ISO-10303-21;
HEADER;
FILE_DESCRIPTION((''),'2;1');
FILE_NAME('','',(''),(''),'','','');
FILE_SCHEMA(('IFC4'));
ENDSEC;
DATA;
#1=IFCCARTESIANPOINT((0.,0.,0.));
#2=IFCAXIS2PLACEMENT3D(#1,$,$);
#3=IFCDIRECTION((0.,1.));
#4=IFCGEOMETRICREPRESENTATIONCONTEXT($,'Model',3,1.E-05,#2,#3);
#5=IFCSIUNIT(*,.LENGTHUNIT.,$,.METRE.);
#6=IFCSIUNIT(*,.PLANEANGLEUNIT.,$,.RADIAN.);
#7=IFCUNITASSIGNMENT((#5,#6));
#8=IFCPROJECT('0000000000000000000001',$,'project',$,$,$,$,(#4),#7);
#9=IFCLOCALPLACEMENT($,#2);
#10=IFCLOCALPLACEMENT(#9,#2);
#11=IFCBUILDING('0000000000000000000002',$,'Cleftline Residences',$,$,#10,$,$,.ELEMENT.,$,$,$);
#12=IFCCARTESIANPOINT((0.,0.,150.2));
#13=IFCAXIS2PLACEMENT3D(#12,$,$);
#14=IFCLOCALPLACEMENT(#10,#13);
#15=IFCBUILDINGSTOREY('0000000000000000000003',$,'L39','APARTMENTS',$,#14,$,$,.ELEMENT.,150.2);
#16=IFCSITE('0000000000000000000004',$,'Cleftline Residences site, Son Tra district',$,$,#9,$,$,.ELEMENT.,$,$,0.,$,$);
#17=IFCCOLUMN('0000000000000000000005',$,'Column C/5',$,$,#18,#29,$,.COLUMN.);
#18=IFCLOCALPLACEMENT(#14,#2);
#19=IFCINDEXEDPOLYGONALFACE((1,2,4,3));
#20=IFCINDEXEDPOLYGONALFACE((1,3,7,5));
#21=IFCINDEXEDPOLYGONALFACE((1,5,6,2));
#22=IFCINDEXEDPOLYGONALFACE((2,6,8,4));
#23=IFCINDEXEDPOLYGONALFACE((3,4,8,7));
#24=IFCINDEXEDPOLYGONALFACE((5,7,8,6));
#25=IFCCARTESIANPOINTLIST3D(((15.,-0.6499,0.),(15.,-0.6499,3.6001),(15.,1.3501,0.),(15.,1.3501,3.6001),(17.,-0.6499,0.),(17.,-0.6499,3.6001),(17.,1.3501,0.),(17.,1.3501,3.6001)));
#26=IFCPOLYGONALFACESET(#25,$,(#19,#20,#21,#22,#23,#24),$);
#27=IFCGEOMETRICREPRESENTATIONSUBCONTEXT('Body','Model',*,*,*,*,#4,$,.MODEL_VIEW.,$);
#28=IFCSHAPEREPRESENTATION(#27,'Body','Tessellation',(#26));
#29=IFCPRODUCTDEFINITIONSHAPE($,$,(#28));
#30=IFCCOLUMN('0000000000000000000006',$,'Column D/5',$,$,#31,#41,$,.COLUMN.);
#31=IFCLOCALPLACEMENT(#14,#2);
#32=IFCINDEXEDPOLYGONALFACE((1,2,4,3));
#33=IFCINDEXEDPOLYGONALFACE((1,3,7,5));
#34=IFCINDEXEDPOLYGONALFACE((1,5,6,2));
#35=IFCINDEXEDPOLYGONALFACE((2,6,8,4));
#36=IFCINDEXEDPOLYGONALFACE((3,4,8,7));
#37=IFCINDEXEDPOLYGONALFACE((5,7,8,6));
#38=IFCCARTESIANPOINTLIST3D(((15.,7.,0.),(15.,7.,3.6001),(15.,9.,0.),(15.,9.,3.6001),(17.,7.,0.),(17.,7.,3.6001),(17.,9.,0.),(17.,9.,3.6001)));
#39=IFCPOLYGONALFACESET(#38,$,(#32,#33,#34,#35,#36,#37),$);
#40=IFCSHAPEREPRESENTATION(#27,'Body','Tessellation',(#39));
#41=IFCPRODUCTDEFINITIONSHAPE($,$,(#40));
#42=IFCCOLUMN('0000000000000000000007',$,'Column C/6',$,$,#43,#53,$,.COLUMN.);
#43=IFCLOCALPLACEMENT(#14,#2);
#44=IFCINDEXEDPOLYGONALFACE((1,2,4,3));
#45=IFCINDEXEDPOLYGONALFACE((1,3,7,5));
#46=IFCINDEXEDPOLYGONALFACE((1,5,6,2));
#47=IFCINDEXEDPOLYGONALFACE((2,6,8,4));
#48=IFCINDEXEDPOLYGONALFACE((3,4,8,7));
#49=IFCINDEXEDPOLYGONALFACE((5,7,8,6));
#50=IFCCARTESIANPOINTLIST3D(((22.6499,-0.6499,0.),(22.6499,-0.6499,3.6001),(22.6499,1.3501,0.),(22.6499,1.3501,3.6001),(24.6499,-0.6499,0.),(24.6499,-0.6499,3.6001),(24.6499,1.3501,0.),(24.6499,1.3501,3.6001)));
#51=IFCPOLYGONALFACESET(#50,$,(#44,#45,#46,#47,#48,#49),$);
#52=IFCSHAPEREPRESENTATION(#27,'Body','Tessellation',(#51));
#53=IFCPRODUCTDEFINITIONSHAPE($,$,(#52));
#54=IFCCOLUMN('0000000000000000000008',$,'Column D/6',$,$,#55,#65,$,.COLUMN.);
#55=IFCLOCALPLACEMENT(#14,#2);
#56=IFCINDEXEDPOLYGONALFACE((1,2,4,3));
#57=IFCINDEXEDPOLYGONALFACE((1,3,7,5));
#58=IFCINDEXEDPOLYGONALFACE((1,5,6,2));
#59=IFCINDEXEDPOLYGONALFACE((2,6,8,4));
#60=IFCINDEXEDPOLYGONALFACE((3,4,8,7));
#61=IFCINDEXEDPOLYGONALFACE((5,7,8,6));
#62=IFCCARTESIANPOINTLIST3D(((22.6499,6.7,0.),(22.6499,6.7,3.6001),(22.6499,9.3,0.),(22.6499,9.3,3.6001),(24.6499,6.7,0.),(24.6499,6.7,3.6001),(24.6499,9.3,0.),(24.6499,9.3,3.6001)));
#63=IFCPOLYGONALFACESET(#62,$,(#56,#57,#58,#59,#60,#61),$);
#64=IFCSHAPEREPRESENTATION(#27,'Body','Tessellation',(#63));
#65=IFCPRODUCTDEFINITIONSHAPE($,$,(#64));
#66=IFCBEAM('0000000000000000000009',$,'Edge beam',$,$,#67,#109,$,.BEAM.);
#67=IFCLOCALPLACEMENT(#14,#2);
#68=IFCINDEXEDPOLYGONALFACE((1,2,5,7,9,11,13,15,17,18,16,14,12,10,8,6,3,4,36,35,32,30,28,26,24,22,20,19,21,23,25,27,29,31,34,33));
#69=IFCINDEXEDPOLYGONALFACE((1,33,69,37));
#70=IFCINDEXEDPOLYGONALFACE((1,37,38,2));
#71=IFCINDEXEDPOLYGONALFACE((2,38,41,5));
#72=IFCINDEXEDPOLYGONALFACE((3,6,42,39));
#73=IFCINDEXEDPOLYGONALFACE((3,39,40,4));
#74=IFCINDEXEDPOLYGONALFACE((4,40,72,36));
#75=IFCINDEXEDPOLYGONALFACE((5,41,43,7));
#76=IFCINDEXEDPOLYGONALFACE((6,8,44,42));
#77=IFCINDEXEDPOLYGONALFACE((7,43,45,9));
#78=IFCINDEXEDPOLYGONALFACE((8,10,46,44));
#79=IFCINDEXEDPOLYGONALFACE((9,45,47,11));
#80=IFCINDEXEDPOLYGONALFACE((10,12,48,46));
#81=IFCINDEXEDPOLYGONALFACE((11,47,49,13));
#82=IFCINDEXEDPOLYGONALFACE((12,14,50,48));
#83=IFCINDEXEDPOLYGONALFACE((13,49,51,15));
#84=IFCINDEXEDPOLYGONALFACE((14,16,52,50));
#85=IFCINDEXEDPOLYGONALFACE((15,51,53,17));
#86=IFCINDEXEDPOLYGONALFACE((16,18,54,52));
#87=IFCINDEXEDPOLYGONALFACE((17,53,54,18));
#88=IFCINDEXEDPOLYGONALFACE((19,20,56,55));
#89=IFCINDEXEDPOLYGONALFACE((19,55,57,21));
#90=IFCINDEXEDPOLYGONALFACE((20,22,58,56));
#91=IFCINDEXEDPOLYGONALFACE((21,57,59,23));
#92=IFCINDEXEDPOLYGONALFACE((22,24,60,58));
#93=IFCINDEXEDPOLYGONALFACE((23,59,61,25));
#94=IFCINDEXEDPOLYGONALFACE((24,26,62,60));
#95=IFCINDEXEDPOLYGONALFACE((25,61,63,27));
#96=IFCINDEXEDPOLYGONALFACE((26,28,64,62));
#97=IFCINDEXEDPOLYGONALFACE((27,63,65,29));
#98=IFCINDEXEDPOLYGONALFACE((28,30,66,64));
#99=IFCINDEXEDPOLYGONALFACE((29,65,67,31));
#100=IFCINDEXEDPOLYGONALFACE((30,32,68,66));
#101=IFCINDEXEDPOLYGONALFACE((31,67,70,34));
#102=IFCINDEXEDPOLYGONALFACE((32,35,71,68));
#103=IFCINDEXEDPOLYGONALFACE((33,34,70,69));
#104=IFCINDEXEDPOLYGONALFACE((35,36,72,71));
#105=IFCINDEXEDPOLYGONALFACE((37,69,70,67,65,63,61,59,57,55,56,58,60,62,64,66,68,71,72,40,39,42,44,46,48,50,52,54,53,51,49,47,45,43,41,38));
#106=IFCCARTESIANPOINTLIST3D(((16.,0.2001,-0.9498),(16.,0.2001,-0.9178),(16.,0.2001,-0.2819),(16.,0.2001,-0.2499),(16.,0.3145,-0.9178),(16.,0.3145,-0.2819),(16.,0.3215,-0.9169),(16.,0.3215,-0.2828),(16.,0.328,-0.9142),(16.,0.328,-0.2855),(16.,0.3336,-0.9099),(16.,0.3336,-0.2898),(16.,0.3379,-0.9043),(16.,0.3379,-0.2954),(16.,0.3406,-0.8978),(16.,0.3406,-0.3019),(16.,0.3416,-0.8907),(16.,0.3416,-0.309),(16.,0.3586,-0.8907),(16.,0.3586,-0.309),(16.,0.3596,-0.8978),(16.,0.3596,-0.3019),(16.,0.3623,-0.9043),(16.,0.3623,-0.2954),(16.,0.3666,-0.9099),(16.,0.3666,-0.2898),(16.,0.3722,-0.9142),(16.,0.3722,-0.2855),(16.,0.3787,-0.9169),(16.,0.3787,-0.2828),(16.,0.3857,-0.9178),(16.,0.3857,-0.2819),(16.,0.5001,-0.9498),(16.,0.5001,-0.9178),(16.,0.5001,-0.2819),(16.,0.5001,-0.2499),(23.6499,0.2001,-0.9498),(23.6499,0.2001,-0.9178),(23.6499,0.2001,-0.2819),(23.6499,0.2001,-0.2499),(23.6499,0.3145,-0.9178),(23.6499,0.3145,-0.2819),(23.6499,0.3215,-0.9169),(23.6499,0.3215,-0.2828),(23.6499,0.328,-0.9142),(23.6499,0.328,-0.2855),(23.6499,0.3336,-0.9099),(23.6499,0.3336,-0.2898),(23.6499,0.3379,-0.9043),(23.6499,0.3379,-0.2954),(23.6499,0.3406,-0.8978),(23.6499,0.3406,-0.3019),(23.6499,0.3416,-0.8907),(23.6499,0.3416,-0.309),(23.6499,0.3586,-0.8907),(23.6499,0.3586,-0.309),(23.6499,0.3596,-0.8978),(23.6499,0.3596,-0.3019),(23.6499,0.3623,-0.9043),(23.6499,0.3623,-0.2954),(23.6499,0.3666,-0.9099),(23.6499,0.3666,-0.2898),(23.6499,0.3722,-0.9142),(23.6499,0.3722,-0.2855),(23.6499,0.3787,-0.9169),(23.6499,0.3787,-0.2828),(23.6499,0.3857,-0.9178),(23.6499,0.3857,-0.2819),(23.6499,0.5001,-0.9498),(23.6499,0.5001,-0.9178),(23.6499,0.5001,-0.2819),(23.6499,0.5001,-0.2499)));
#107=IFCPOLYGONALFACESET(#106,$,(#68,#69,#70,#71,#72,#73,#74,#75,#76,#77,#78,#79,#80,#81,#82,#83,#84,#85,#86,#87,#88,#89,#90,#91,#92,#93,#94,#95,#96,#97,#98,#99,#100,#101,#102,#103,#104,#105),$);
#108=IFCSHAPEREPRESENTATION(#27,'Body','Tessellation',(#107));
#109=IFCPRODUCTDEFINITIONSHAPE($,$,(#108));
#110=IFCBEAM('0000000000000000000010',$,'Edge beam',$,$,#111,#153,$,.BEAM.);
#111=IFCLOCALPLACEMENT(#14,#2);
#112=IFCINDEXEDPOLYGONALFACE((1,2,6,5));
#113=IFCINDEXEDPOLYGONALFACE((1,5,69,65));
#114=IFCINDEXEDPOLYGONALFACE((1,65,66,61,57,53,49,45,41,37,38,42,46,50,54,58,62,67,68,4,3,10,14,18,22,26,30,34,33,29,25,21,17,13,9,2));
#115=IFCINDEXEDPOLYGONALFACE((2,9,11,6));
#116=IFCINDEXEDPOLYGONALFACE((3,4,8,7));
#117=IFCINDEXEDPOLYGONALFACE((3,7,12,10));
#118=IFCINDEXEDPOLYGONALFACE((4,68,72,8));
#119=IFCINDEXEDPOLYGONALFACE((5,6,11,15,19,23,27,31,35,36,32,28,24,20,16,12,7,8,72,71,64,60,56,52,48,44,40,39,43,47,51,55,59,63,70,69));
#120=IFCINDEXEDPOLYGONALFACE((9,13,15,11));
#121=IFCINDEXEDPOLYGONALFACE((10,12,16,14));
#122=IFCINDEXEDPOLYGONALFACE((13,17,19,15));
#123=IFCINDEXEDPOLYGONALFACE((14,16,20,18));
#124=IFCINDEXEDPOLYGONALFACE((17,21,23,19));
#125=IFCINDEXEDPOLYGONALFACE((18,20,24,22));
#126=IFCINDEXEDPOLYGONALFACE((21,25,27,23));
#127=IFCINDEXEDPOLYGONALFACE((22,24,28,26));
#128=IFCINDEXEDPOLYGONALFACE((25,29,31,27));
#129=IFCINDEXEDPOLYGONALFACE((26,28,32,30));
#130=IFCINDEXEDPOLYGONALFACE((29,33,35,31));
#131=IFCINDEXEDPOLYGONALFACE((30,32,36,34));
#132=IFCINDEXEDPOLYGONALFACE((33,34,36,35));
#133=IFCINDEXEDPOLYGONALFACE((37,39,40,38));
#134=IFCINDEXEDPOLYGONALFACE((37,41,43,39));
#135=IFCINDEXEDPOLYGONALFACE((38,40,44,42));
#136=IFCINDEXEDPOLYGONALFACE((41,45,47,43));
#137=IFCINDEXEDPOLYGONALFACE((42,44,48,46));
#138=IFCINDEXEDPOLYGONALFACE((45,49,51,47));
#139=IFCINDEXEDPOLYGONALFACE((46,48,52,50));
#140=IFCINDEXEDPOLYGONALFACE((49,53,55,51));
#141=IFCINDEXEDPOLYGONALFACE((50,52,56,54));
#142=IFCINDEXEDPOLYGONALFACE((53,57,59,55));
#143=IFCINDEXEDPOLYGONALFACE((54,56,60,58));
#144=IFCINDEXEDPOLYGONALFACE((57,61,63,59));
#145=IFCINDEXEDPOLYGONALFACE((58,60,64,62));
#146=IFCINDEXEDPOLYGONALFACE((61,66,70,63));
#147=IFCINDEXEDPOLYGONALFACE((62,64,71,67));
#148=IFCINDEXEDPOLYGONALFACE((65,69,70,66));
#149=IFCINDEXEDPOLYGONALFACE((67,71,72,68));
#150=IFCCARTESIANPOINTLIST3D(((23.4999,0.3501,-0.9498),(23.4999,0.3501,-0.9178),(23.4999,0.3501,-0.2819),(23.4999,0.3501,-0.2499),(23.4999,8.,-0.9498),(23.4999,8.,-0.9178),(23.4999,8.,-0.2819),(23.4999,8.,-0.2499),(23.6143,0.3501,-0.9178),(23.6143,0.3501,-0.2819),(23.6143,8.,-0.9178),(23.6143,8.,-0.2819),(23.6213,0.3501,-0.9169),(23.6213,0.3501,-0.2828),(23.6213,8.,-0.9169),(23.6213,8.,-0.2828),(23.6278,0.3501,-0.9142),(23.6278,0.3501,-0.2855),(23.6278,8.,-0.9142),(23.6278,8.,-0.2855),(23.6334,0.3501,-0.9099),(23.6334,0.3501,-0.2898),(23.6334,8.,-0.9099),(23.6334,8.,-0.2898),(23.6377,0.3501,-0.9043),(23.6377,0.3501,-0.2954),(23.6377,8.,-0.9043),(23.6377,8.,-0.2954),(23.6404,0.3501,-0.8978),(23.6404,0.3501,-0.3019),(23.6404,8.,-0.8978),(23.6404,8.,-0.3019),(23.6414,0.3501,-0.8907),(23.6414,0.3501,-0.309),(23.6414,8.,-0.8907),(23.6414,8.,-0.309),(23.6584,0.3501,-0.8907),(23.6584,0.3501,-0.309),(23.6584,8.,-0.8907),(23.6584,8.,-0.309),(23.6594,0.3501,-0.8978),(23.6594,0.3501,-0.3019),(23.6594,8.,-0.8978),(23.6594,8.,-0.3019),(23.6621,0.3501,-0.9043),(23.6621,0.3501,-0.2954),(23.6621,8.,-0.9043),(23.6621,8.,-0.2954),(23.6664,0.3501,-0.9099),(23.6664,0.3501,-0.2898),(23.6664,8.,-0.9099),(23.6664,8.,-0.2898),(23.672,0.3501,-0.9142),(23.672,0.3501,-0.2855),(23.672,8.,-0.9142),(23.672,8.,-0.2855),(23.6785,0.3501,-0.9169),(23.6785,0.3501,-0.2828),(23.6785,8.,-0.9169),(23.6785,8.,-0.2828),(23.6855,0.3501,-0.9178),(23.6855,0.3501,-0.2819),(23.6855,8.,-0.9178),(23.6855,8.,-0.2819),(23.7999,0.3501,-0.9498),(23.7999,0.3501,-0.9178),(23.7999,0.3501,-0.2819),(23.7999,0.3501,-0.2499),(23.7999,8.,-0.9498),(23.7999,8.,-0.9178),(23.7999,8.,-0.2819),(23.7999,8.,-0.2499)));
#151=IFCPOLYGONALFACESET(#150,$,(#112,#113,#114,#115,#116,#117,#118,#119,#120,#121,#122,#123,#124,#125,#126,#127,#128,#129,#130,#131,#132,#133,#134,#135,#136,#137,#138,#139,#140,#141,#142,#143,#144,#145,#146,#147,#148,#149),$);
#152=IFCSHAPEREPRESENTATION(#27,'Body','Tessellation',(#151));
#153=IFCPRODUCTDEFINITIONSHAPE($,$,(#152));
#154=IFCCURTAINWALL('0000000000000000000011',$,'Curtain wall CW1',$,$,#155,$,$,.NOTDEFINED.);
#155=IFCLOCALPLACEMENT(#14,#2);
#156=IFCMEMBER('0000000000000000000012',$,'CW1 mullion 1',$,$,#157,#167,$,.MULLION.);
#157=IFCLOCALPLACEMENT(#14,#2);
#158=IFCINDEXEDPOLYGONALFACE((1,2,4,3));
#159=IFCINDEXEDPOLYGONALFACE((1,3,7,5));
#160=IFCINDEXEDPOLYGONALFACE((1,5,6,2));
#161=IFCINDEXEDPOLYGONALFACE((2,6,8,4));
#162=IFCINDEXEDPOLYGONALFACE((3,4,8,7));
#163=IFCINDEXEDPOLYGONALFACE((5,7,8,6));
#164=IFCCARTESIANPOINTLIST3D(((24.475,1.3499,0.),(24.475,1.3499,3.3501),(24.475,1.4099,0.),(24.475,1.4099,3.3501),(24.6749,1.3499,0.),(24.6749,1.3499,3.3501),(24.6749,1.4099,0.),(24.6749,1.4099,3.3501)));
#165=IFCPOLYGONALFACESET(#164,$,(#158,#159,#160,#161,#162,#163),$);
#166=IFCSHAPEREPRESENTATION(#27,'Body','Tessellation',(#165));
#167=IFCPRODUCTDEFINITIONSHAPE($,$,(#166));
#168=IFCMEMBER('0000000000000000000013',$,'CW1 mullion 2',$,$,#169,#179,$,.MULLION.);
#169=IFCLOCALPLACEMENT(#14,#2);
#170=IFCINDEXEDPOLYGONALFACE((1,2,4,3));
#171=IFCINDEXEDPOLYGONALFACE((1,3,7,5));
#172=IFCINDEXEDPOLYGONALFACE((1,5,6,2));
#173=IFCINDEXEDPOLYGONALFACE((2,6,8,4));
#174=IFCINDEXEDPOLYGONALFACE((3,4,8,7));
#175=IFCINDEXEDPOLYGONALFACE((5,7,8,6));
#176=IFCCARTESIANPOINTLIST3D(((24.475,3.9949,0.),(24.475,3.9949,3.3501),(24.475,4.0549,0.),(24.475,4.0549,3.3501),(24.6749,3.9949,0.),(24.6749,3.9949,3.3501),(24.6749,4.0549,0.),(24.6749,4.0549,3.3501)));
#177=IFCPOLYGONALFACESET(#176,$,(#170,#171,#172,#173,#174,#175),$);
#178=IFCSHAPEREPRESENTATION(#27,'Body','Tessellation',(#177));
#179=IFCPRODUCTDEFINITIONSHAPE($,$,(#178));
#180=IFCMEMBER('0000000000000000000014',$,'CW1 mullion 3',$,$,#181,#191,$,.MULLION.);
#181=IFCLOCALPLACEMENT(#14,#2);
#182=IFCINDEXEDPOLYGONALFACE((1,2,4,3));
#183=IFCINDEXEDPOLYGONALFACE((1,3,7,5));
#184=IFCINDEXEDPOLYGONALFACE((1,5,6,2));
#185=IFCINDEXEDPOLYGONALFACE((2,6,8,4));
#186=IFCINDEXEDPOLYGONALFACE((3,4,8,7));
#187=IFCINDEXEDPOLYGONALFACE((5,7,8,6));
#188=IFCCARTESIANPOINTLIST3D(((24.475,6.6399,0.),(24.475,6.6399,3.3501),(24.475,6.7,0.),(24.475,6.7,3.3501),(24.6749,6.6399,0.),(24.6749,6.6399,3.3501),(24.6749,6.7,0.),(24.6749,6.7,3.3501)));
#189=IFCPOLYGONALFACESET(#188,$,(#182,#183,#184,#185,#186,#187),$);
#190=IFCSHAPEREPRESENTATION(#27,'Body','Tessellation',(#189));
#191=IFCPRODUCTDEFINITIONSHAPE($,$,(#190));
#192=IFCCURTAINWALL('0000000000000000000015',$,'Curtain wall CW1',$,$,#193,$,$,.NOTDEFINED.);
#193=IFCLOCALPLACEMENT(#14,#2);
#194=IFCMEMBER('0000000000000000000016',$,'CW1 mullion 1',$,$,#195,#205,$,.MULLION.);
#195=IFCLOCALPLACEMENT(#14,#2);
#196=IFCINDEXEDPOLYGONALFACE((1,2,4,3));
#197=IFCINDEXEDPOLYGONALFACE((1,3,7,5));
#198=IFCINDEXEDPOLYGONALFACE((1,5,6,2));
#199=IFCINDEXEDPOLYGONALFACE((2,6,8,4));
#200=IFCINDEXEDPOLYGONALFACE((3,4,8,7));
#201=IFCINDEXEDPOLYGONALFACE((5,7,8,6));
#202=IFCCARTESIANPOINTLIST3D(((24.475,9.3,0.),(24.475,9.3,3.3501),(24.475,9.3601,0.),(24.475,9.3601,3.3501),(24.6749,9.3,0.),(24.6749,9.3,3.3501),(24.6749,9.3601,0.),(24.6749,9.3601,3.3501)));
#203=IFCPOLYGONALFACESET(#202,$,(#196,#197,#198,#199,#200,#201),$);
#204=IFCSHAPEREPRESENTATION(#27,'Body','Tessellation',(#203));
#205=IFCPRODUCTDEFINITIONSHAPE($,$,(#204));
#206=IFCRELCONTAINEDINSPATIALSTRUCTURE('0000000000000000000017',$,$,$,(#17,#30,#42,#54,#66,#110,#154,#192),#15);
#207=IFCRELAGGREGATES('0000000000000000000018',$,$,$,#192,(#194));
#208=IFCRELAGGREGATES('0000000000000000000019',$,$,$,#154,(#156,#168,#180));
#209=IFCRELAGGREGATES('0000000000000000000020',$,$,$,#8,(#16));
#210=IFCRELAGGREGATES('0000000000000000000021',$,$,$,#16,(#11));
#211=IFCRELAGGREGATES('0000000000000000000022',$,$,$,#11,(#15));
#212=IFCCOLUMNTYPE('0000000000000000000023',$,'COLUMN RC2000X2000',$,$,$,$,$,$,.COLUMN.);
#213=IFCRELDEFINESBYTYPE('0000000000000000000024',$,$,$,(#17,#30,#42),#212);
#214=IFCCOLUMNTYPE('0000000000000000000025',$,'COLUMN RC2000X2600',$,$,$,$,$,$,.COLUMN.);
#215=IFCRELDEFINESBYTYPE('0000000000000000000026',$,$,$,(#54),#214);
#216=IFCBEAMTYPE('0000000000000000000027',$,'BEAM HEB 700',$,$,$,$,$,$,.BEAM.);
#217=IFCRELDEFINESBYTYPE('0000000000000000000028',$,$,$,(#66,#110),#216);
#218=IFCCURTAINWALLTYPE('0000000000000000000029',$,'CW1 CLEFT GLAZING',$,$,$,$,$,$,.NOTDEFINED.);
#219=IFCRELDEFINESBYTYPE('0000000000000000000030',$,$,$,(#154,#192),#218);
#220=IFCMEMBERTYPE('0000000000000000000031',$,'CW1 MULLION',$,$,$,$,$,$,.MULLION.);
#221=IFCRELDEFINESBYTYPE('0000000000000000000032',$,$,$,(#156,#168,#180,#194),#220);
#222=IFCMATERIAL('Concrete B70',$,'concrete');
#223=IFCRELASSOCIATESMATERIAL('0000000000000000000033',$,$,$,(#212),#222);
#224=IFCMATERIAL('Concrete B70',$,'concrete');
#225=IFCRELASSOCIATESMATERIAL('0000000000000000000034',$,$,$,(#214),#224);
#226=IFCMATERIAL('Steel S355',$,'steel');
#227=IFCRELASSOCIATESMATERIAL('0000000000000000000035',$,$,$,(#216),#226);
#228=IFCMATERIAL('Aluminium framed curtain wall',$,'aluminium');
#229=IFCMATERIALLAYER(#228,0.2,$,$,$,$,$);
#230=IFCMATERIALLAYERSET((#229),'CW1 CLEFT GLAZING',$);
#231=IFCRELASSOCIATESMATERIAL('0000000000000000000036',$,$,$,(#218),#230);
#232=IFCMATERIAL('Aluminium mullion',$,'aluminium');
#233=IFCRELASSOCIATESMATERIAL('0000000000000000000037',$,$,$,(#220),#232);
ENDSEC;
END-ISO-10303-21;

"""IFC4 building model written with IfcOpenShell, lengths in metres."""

from ifc_helpers import new_model, si_unit, direction, frame, origin, origin_2d, place, context, subcontext, project, spatial, rectangle, i_section, extrude, material, layer, layer_set, material_profile, profile_set, type_object, element, aggregate, save


model = new_model("IFC4")

# Units and contexts
model_context = context("Model", 3, precision=1e-05, world=origin(), true_north=direction((0.0, 1.0)))
body_context = subcontext(model_context, "Body", "Model", "MODEL_VIEW")
ifc_project = project(units=[si_unit("LENGTHUNIT", "METRE"), si_unit("PLANEANGLEUNIT", "RADIAN")], contexts=[model_context])

# Site, building, storey
site_placement = place(None, origin())
site = spatial("IfcSite", under=ifc_project, at=site_placement, Name="Cleftline Residences site, Son Tra district", CompositionType="ELEMENT", RefElevation=0.0)
building_placement = place(site_placement, origin())
building = spatial("IfcBuilding", under=site, at=building_placement, Name="Cleftline Residences", CompositionType="ELEMENT")
storey_placement = place(building_placement, frame((0.0, 0.0, 150.2)))
storey = spatial("IfcBuildingStorey", under=building, at=storey_placement, Name="L39", Description="APARTMENTS", CompositionType="ELEMENT", Elevation=150.2)

# Columns
ifc_material_1 = material(Name="Concrete B70", Category="concrete")
ifc_material_profile_1 = material_profile(ifc_material_1, rectangle(XDim=2.0, YDim=2.0, at=origin_2d()))
ifc_profile_set_1 = profile_set([ifc_material_profile_1], Name="Concrete B70")
column_type_1 = type_object("IfcColumnType", Name="COLUMN RC2000X2000", PredefinedType="COLUMN", material=ifc_profile_set_1)
for number, where, z_axis, x_axis, name in (
    (1, (16.0, 0.3501, 0.0), (0.0, 0.0, 1.0), (1.0, 0.0, 0.0), "Column C/5"),
    (2, (16.0, 8.0, 0.0), (0.0, 0.0, 1.0), (1.0, 0.0, 0.0), "Column D/5"),
    (3, (23.6499, 0.3501, 0.0), (0.0, 0.0, 1.0), (1.0, 0.0, 0.0), "Column C/6"),
):
    element("IfcColumn", number, at=place(storey_placement, frame(where, z_axis=z_axis, x_axis=x_axis)), inside=storey, type_object=column_type_1, Name=name, PredefinedType="COLUMN", context=body_context, shape_type="SweptSolid", body=[
        extrude(rectangle(XDim=2.0, YDim=2.0, at=origin_2d()), origin(), (0.0, 0.0, 1.0), 3.6001),
    ])
ifc_material_2 = material(Name="Concrete B70", Category="concrete")
ifc_material_profile_2 = material_profile(ifc_material_2, rectangle(XDim=2.0, YDim=2.6001, at=origin_2d()))
ifc_profile_set_2 = profile_set([ifc_material_profile_2], Name="Concrete B70")
column_type_2 = type_object("IfcColumnType", Name="COLUMN RC2000X2600", PredefinedType="COLUMN", material=ifc_profile_set_2)
column_placement = place(storey_placement, frame((23.6499, 8.0, 0.0), z_axis=(0.0, 0.0, 1.0), x_axis=(1.0, 0.0, 0.0)))
element("IfcColumn", 4, at=column_placement, inside=storey, type_object=column_type_2, Name="Column D/6", PredefinedType="COLUMN", context=body_context, shape_type="SweptSolid", body=[
    extrude(rectangle(XDim=2.0, YDim=2.6001, at=origin_2d()), origin(), (0.0, 0.0, 1.0), 3.6001),
])

# Beams
ifc_material_3 = material(Name="Steel S355", Category="steel")
ifc_material_profile_3 = material_profile(ifc_material_3, i_section(OverallWidth=0.3, OverallDepth=0.7, WebThickness=0.0171, FlangeThickness=0.032, FilletRadius=0.0271, at=origin_2d()))
ifc_profile_set_3 = profile_set([ifc_material_profile_3], Name="Steel S355")
beam_type = type_object("IfcBeamType", Name="BEAM HEB 700", PredefinedType="BEAM", material=ifc_profile_set_3)
for number, where, z_axis, x_axis, name in (
    (5, (16.0, 0.3501, -0.5999), (1.0, 0.0, 0.0), (0.0, 1.0, 0.0), "Edge beam"),
    (6, (23.6499, 0.3501, -0.5999), (0.0, 1.0, 0.0), (-1.0, 0.0, 0.0), "Edge beam"),
):
    element("IfcBeam", number, at=place(storey_placement, frame(where, z_axis=z_axis, x_axis=x_axis)), inside=storey, type_object=beam_type, Name=name, PredefinedType="BEAM", context=body_context, shape_type="SweptSolid", body=[
        extrude(i_section(OverallWidth=0.3, OverallDepth=0.7, WebThickness=0.0171, FlangeThickness=0.032, FilletRadius=0.0271, at=origin_2d()), origin(), (0.0, 0.0, 1.0), 7.6499),
    ])

# Curtain wall, members
ifc_material_4 = material(Name="Aluminium framed curtain wall", Category="aluminium")
ifc_layer_1 = layer(ifc_material_4, 0.2)
ifc_layer_set_1 = layer_set([ifc_layer_1], Name="CW1 CLEFT GLAZING")
curtain_wall_type = type_object("IfcCurtainWallType", Name="CW1 CLEFT GLAZING", PredefinedType="NOTDEFINED", material=ifc_layer_set_1)
curtain_wall_1_placement = place(storey_placement, origin())
curtain_wall_1 = element("IfcCurtainWall", 7, at=curtain_wall_1_placement, inside=storey, type_object=curtain_wall_type, Name="Curtain wall CW1", PredefinedType="NOTDEFINED")
ifc_material_5 = material(Name="Aluminium mullion", Category="aluminium")
ifc_material_profile_4 = material_profile(ifc_material_5, rectangle(XDim=0.2, YDim=0.0601, at=origin_2d()))
ifc_profile_set_4 = profile_set([ifc_material_profile_4], Name="Aluminium mullion")
member_type_1 = type_object("IfcMemberType", Name="CW1 MULLION", PredefinedType="MULLION", material=ifc_profile_set_4)
member_1_placement = place(storey_placement, frame((24.575, 1.3799, 0.0), z_axis=(0.0, 0.0, 1.0), x_axis=(-1.0, 0.0, 0.0)))
member_1 = element("IfcMember", 8, at=member_1_placement, type_object=member_type_1, Name="CW1 mullion 1", PredefinedType="MULLION", context=body_context, shape_type="SweptSolid", body=[
    extrude(rectangle(XDim=0.2, YDim=0.0601, at=origin_2d()), origin(), (0.0, 0.0, 1.0), 3.3501),
])
member_2_placement = place(storey_placement, frame((24.575, 4.0249, 0.0), z_axis=(0.0, 0.0, 1.0), x_axis=(-1.0, 0.0, 0.0)))
member_2 = element("IfcMember", 9, at=member_2_placement, type_object=member_type_1, Name="CW1 mullion 2", PredefinedType="MULLION", context=body_context, shape_type="SweptSolid", body=[
    extrude(rectangle(XDim=0.2, YDim=0.0601, at=origin_2d()), origin(), (0.0, 0.0, 1.0), 3.3501),
])
member_3_placement = place(storey_placement, frame((24.575, 6.6699, 0.0), z_axis=(0.0, 0.0, 1.0), x_axis=(-1.0, 0.0, 0.0)))
member_3 = element("IfcMember", 10, at=member_3_placement, type_object=member_type_1, Name="CW1 mullion 3", PredefinedType="MULLION", context=body_context, shape_type="SweptSolid", body=[
    extrude(rectangle(XDim=0.2, YDim=0.0601, at=origin_2d()), origin(), (0.0, 0.0, 1.0), 3.3501),
])

# Curtain wall, member
curtain_wall_2_placement = place(storey_placement, origin())
curtain_wall_2 = element("IfcCurtainWall", 11, at=curtain_wall_2_placement, inside=storey, type_object=curtain_wall_type, Name="Curtain wall CW1", PredefinedType="NOTDEFINED")
member_4_placement = place(storey_placement, frame((24.575, 9.3301, 0.0), z_axis=(0.0, 0.0, 1.0), x_axis=(-1.0, 0.0, 0.0)))
member_4 = element("IfcMember", 12, at=member_4_placement, type_object=member_type_1, Name="CW1 mullion 1", PredefinedType="MULLION", context=body_context, shape_type="SweptSolid", body=[
    extrude(rectangle(XDim=0.2, YDim=0.0601, at=origin_2d()), origin(), (0.0, 0.0, 1.0), 3.3501),
])

aggregate(curtain_wall_2, [member_4])

aggregate(curtain_wall_1, [member_1, member_2, member_3])

save(model, "model.ifc")
